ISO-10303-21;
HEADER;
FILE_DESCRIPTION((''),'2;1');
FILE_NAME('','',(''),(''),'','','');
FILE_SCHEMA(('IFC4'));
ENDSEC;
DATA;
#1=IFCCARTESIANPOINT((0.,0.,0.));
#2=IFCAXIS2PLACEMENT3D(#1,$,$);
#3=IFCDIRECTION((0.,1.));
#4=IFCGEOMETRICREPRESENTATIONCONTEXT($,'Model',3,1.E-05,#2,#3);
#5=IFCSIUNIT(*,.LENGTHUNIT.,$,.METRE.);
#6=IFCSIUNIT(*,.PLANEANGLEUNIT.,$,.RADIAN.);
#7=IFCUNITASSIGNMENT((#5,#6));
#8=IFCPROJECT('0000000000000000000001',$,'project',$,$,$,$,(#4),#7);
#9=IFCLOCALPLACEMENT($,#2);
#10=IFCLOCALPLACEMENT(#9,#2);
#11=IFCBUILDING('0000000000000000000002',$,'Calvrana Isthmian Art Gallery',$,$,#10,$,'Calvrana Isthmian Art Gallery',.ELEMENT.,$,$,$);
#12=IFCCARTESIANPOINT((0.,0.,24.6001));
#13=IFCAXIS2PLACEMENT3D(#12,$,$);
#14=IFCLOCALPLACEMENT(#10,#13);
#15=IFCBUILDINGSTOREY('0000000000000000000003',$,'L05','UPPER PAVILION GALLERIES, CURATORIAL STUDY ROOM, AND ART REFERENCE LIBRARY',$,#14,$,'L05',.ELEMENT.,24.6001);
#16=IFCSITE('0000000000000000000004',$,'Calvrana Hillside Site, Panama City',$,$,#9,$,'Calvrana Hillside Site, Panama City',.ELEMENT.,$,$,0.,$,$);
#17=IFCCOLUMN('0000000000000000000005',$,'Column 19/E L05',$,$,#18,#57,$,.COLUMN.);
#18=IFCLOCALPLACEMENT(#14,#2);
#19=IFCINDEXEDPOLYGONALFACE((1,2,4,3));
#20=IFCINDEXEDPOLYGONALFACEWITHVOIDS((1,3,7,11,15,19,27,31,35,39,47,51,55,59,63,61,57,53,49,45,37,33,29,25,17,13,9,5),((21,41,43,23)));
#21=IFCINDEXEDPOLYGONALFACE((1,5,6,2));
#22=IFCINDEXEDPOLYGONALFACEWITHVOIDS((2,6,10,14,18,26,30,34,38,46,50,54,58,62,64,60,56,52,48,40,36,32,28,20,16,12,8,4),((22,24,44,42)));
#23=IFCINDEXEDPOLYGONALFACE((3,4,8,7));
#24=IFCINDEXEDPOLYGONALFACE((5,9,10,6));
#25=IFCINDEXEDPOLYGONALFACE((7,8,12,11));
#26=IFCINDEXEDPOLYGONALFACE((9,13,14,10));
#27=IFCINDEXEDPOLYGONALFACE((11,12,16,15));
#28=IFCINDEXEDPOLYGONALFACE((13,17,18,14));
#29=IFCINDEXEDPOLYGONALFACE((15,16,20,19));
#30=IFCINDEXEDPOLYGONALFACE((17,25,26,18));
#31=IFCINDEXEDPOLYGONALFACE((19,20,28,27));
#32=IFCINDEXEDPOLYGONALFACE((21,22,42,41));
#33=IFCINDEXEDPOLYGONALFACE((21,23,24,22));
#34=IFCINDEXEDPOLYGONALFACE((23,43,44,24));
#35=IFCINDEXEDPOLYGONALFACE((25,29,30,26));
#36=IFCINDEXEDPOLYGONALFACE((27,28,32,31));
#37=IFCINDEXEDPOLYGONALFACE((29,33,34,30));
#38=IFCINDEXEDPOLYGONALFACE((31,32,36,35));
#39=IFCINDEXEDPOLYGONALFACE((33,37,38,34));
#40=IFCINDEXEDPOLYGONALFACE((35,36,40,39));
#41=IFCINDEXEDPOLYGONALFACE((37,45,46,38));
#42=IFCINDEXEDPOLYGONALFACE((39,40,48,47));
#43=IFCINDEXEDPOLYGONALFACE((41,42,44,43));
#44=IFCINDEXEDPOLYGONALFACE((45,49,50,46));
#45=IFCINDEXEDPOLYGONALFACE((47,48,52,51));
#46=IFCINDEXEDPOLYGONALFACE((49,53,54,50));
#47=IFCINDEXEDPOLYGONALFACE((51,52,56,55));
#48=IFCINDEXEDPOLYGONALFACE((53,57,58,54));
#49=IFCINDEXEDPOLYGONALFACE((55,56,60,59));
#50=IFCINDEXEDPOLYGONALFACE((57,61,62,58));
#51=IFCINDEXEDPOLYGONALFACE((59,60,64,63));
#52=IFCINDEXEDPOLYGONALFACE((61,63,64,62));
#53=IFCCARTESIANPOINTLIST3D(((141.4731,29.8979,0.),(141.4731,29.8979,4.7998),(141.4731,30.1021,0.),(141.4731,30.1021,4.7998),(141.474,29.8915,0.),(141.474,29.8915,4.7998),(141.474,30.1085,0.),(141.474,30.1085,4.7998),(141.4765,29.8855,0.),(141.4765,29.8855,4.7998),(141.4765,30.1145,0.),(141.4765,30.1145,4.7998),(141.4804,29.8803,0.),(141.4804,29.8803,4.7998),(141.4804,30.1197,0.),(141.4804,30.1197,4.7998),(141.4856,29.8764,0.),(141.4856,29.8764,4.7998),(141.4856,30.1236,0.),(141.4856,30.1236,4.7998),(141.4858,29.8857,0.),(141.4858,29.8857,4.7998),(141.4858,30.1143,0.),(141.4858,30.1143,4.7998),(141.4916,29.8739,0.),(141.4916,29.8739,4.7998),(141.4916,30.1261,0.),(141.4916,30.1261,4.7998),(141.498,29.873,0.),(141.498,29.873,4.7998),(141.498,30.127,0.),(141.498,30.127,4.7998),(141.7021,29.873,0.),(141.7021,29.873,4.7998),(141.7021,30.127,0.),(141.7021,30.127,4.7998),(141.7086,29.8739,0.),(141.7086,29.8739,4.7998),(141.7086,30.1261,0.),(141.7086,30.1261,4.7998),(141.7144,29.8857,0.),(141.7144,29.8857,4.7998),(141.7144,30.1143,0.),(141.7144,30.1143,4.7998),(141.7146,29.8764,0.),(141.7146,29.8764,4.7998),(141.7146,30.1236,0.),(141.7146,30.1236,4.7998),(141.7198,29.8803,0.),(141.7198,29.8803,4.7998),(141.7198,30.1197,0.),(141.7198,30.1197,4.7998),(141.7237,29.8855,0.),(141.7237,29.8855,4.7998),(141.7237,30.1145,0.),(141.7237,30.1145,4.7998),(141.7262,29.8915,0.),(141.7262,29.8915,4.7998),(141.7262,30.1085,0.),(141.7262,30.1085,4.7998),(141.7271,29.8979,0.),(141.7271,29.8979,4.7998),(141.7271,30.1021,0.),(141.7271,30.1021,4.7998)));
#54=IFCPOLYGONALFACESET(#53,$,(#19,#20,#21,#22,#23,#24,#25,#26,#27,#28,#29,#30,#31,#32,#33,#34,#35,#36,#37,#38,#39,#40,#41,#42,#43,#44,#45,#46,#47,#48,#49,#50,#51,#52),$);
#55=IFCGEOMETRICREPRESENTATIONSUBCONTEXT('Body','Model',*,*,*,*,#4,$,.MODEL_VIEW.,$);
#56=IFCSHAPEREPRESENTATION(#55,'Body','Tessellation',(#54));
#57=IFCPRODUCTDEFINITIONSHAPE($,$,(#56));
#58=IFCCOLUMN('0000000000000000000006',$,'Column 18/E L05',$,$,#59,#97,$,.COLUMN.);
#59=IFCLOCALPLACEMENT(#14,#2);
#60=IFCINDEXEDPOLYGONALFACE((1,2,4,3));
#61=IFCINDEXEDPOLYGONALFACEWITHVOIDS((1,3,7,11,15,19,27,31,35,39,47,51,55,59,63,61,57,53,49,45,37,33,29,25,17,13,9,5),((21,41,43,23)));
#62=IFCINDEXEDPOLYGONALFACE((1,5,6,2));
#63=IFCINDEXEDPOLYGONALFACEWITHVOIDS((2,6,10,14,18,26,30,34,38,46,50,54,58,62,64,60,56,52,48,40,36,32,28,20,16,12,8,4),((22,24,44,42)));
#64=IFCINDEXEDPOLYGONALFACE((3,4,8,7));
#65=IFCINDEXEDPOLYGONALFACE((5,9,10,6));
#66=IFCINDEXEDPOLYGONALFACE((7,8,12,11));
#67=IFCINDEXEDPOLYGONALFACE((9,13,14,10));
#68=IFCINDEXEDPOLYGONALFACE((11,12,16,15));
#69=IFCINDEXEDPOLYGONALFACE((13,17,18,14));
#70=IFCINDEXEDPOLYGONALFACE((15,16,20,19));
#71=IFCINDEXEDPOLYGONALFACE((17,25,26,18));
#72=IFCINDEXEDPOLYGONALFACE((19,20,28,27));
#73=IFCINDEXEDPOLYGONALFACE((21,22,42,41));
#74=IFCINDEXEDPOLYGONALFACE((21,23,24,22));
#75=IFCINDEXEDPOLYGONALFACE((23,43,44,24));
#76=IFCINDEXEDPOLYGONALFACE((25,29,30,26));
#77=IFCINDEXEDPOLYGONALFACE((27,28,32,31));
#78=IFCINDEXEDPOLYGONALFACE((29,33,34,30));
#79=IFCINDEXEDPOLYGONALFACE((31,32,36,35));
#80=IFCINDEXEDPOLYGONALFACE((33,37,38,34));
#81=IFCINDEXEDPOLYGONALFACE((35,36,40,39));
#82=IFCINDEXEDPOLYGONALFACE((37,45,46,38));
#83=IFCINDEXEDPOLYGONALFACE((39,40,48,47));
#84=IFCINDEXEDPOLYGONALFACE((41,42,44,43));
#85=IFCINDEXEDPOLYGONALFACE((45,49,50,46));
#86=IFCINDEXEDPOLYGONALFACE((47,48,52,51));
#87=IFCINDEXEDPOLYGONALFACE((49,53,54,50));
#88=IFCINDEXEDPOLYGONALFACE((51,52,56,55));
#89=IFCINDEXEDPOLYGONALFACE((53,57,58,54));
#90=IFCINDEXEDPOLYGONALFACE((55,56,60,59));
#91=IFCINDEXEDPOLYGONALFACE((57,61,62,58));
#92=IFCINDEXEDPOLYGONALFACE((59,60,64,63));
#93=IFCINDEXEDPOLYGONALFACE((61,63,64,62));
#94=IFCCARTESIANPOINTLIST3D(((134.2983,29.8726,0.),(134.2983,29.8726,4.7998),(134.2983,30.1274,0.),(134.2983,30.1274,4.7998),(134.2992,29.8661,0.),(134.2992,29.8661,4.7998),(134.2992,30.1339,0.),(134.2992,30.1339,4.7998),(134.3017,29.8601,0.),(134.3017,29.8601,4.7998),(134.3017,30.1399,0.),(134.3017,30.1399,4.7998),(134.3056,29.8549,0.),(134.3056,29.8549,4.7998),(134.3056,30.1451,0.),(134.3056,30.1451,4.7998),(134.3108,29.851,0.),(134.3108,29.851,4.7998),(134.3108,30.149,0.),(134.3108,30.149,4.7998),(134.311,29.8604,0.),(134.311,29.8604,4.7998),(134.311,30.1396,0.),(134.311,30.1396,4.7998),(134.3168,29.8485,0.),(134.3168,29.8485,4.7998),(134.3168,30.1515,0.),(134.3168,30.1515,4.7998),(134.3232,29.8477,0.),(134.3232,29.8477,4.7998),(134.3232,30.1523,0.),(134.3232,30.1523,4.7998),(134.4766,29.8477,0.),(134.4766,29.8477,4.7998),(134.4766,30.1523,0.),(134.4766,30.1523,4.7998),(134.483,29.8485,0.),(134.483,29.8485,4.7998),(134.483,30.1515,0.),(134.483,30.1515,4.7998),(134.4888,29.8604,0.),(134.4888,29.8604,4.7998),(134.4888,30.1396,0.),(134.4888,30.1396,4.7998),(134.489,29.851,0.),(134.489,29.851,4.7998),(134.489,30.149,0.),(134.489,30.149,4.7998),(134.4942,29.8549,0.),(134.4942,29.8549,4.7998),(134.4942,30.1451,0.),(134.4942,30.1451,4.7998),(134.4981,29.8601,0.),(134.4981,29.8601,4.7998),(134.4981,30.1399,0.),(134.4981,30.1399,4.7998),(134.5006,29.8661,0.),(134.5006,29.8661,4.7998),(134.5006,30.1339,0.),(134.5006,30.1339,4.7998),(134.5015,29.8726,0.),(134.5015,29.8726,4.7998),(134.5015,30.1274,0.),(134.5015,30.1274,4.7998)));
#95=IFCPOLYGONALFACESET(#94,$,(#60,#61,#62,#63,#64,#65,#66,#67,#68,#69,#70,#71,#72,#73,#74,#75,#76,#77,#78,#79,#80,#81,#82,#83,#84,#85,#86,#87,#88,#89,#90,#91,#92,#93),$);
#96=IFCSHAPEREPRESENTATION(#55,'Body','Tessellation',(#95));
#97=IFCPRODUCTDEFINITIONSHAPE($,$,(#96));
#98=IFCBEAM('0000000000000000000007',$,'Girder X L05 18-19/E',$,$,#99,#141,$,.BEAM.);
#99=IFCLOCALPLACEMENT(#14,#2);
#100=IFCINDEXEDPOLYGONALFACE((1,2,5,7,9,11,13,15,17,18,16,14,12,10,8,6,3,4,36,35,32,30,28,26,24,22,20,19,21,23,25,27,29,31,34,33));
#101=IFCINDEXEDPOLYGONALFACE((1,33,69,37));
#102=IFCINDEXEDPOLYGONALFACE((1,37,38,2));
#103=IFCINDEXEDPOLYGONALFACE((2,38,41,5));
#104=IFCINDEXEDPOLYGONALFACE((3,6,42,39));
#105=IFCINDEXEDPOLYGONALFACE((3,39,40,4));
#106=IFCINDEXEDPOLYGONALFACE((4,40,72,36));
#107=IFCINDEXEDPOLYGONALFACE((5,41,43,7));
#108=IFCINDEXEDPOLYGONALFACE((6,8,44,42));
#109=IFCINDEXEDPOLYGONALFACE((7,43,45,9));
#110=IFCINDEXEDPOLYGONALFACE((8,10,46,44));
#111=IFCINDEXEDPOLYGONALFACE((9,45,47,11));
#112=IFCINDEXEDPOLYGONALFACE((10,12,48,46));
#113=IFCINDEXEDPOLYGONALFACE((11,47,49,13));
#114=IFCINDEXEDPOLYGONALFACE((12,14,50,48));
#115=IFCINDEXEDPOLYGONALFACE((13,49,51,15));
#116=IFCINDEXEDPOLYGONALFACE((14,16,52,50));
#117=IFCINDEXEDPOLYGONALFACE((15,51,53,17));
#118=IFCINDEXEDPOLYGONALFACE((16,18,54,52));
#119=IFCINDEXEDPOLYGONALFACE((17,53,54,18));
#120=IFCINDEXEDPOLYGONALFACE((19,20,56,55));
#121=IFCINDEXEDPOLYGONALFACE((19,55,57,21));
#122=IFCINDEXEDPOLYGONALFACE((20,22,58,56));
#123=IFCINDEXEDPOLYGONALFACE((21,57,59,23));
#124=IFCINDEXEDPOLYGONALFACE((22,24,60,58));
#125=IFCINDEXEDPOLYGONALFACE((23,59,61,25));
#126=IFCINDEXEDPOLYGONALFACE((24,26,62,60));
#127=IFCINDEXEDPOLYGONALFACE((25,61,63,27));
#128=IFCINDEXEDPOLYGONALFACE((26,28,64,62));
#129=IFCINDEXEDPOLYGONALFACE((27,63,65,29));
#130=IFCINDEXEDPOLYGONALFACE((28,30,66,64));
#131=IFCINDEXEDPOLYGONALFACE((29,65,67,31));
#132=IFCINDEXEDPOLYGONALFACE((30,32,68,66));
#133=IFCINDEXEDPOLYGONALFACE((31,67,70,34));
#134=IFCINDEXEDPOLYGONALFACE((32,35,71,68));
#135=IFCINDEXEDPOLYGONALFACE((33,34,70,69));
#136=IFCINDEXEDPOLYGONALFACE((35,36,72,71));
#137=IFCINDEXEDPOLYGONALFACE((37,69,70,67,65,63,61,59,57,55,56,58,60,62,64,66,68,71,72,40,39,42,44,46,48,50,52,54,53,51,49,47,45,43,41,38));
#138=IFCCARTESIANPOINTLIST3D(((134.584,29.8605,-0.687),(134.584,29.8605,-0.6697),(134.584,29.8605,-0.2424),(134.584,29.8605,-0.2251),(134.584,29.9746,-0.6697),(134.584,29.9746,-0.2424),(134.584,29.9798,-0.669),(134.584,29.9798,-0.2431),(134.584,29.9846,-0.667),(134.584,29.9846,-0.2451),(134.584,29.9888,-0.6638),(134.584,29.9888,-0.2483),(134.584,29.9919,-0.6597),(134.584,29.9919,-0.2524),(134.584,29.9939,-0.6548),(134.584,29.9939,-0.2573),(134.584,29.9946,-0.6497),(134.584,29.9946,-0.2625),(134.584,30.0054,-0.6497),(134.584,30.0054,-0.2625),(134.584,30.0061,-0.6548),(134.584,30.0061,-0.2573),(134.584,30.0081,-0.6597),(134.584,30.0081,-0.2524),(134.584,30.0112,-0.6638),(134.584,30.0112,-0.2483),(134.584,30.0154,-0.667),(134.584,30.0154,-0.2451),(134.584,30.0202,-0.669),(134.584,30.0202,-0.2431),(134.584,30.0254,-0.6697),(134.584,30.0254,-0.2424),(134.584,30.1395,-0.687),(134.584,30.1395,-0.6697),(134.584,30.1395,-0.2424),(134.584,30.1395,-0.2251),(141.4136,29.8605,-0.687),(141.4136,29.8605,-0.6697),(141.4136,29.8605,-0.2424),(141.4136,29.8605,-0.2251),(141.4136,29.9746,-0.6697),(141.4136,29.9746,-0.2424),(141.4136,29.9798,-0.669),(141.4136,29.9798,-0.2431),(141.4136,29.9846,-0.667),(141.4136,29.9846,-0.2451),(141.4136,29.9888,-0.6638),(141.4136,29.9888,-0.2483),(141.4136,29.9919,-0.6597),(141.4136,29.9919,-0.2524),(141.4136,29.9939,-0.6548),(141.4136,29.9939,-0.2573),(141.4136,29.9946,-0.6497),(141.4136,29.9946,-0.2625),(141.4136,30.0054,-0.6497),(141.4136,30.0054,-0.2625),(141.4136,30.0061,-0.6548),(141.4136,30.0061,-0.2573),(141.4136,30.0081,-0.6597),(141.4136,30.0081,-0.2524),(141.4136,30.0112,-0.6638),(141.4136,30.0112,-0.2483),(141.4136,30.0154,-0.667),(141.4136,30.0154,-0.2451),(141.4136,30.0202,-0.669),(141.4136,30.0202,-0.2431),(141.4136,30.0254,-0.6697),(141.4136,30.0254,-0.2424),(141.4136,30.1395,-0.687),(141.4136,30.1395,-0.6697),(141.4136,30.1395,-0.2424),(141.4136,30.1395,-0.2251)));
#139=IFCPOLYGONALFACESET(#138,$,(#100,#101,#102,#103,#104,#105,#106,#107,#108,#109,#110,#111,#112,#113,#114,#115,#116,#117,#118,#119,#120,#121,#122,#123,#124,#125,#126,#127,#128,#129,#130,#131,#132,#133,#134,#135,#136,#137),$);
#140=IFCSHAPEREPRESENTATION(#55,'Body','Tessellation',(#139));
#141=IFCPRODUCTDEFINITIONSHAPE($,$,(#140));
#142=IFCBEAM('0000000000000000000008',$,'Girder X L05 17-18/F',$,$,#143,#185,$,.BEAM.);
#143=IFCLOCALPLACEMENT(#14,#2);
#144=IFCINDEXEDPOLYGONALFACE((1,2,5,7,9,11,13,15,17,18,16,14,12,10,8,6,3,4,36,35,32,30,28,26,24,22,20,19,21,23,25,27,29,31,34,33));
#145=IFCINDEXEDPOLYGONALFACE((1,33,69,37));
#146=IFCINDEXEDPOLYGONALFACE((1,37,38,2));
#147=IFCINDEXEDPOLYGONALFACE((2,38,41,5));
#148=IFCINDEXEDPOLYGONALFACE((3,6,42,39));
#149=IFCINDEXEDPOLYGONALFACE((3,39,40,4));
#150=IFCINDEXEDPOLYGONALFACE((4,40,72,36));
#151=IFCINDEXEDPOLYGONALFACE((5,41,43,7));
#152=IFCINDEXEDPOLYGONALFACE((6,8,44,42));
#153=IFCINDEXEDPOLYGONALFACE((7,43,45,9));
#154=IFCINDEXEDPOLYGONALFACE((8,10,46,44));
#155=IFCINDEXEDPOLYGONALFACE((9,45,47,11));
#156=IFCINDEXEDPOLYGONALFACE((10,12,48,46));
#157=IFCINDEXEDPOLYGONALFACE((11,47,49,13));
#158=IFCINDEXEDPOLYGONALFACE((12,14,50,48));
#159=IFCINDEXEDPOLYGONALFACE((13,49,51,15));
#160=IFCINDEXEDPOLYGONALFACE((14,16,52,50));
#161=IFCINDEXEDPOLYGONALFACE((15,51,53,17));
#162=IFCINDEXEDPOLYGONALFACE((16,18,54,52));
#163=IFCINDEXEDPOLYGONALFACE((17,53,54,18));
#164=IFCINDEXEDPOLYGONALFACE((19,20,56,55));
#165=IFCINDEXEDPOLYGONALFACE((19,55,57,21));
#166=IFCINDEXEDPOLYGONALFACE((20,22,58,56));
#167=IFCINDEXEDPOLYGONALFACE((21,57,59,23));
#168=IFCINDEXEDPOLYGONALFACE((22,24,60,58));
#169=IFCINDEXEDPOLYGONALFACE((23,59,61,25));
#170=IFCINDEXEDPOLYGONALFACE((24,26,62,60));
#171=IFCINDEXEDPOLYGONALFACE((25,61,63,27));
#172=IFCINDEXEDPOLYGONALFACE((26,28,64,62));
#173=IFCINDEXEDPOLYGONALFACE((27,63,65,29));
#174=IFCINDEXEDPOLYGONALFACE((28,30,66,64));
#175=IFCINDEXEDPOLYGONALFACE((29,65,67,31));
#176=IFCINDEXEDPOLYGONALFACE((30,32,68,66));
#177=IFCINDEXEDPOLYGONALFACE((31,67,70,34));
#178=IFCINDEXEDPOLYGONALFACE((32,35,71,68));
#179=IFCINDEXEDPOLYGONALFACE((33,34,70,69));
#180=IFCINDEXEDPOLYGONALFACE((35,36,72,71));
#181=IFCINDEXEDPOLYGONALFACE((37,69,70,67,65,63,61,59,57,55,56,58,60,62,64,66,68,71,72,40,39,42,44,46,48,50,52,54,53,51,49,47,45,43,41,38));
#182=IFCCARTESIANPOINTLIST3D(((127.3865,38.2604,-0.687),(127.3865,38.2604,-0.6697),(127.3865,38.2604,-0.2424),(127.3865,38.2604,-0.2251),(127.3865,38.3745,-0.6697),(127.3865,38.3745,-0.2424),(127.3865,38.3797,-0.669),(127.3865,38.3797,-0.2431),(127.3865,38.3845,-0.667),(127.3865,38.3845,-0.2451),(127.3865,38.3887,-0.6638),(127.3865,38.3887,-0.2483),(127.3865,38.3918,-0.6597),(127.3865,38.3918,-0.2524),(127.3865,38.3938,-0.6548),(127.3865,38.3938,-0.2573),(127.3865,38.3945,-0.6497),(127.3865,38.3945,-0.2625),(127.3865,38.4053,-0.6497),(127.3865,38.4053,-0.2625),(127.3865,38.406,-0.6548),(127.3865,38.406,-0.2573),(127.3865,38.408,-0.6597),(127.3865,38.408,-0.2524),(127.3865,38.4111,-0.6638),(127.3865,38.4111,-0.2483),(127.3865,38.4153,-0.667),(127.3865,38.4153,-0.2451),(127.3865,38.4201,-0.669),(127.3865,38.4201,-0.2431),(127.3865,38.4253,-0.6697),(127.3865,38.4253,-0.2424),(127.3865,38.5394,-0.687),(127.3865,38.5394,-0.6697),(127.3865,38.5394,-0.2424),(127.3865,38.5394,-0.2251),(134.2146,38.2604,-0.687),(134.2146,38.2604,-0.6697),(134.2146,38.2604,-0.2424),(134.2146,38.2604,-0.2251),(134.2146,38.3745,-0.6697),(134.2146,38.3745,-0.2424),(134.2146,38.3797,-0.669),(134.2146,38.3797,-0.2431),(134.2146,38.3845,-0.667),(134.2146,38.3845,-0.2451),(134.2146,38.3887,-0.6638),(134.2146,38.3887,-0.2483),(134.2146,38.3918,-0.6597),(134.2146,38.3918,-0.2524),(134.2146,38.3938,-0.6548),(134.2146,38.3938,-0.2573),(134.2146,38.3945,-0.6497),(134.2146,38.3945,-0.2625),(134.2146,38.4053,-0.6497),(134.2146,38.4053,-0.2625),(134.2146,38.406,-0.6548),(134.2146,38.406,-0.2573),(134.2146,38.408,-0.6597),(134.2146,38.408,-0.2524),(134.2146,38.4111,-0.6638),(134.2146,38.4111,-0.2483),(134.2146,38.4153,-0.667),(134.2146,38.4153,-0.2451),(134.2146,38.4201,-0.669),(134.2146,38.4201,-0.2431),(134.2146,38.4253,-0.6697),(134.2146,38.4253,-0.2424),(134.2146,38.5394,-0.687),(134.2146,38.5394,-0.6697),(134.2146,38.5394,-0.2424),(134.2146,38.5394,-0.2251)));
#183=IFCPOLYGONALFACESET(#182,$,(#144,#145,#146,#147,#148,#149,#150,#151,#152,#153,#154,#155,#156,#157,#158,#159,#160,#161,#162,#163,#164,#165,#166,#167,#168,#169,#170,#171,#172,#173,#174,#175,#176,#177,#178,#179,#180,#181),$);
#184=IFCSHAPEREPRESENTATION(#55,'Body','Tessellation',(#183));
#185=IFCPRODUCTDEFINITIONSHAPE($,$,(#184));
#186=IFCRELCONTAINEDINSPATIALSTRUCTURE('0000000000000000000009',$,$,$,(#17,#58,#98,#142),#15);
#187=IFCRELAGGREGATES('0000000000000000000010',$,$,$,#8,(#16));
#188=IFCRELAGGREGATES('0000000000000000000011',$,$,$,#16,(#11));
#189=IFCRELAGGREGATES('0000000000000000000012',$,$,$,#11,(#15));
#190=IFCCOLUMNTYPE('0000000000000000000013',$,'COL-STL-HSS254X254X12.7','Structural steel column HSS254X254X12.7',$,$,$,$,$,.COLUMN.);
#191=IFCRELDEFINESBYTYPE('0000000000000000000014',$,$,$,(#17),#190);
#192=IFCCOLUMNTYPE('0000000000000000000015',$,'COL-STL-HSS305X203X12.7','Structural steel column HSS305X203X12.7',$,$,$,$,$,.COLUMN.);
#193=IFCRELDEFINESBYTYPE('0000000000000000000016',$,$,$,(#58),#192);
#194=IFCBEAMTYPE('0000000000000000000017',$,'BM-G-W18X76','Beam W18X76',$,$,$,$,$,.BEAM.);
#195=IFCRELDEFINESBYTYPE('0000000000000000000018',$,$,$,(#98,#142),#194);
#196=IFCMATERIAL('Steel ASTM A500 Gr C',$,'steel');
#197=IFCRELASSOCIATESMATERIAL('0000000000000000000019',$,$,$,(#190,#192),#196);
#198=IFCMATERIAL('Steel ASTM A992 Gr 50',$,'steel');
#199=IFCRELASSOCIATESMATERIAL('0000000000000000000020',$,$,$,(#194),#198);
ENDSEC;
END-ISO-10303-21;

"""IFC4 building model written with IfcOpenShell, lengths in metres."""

from ifc_helpers import new_model, si_unit, direction, frame, origin, origin_2d, place, context, subcontext, project, spatial, hollow_rectangle, i_section, extrude, material, material_profile, profile_set, type_object, element, save


model = new_model("IFC4")

# Units and contexts
model_context = context("Model", 3, precision=1e-05, world=origin(), true_north=direction((0.0, 1.0)))
body_context = subcontext(model_context, "Body", "Model", "MODEL_VIEW")
ifc_project = project(units=[si_unit("LENGTHUNIT", "METRE"), si_unit("PLANEANGLEUNIT", "RADIAN")], contexts=[model_context])

# Site, building, storey
site_placement = place(None, origin())
site = spatial("IfcSite", under=ifc_project, at=site_placement, Name="Calvrana Hillside Site, Panama City", LongName="Calvrana Hillside Site, Panama City", CompositionType="ELEMENT", RefElevation=0.0)
building_placement = place(site_placement, origin())
building = spatial("IfcBuilding", under=site, at=building_placement, Name="Calvrana Isthmian Art Gallery", LongName="Calvrana Isthmian Art Gallery", CompositionType="ELEMENT")
storey_placement = place(building_placement, frame((0.0, 0.0, 24.6001)))
storey = spatial("IfcBuildingStorey", under=building, at=storey_placement, Name="L05", Description="UPPER PAVILION GALLERIES, CURATORIAL STUDY ROOM, AND ART REFERENCE LIBRARY", LongName="L05", CompositionType="ELEMENT", Elevation=24.6001)

# Columns
ifc_material_1 = material(Name="Steel ASTM A500 Gr C", Category="steel")
ifc_material_profile_1 = material_profile(ifc_material_1, hollow_rectangle(XDim=0.2539, YDim=0.2539, WallThickness=0.0127, OuterFilletRadius=0.0249, at=origin_2d()), Name="HSS254X254X12.7")
ifc_profile_set_1 = profile_set([ifc_material_profile_1], Name="Steel ASTM A500 Gr C")
column_type_1 = type_object("IfcColumnType", Name="COL-STL-HSS254X254X12.7", Description="Structural steel column HSS254X254X12.7", PredefinedType="COLUMN", material=ifc_profile_set_1)
column_1_placement = place(storey_placement, frame((141.6001, 30.0, 0.0), z_axis=(0.0, 0.0, 1.0), x_axis=(1.0, 0.0, 0.0)))
element("IfcColumn", 1, at=column_1_placement, inside=storey, type_object=column_type_1, Name="Column 19/E L05", PredefinedType="COLUMN", context=body_context, shape_type="SweptSolid", body=[
    extrude(hollow_rectangle(XDim=0.2539, YDim=0.2539, WallThickness=0.0127, OuterFilletRadius=0.0249, at=origin_2d()), origin(), (0.0, 0.0, 1.0), 4.7998),
])
ifc_material_profile_2 = material_profile(ifc_material_1, hollow_rectangle(XDim=0.2031, YDim=0.3047, WallThickness=0.0127, OuterFilletRadius=0.0249, at=origin_2d()), Name="HSS305X203X12.7")
ifc_profile_set_2 = profile_set([ifc_material_profile_2], Name="Steel ASTM A500 Gr C")
column_type_2 = type_object("IfcColumnType", Name="COL-STL-HSS305X203X12.7", Description="Structural steel column HSS305X203X12.7", PredefinedType="COLUMN", material=ifc_profile_set_2)
column_2_placement = place(storey_placement, frame((134.3999, 30.0, 0.0), z_axis=(0.0, 0.0, 1.0), x_axis=(1.0, 0.0, 0.0)))
element("IfcColumn", 2, at=column_2_placement, inside=storey, type_object=column_type_2, Name="Column 18/E L05", PredefinedType="COLUMN", context=body_context, shape_type="SweptSolid", body=[
    extrude(hollow_rectangle(XDim=0.2031, YDim=0.3047, WallThickness=0.0127, OuterFilletRadius=0.0249, at=origin_2d()), origin(), (0.0, 0.0, 1.0), 4.7998),
])

# Beams
ifc_material_2 = material(Name="Steel ASTM A992 Gr 50", Category="steel")
ifc_material_profile_3 = material_profile(ifc_material_2, i_section(OverallWidth=0.2791, OverallDepth=0.4619, WebThickness=0.0107, FlangeThickness=0.0173, FilletRadius=0.02, at=origin_2d()), Name="W18X76")
ifc_profile_set_3 = profile_set([ifc_material_profile_3], Name="Steel ASTM A992 Gr 50")
beam_type_1 = type_object("IfcBeamType", Name="BM-G-W18X76", Description="Beam W18X76", PredefinedType="BEAM", material=ifc_profile_set_3)
beam_1_placement = place(storey_placement, frame((134.584, 30.0, -0.4561), z_axis=(1.0, 0.0, 0.0), x_axis=(0.0, 1.0, 0.0)))
element("IfcBeam", 3, at=beam_1_placement, inside=storey, type_object=beam_type_1, Name="Girder X L05 18-19/E", PredefinedType="BEAM", context=body_context, shape_type="SweptSolid", body=[
    extrude(i_section(OverallWidth=0.2791, OverallDepth=0.4619, WebThickness=0.0107, FlangeThickness=0.0173, FilletRadius=0.02, at=origin_2d()), origin(), (0.0, 0.0, 1.0), 6.8296),
])
beam_2_placement = place(storey_placement, frame((127.3865, 38.3999, -0.4561), z_axis=(1.0, 0.0, 0.0), x_axis=(0.0, 1.0, 0.0)))
element("IfcBeam", 4, at=beam_2_placement, inside=storey, type_object=beam_type_1, Name="Girder X L05 17-18/F", PredefinedType="BEAM", context=body_context, shape_type="SweptSolid", body=[
    extrude(i_section(OverallWidth=0.2791, OverallDepth=0.4619, WebThickness=0.0107, FlangeThickness=0.0173, FilletRadius=0.02, at=origin_2d()), origin(), (0.0, 0.0, 1.0), 6.8281),
])

save(model, "model.ifc")
